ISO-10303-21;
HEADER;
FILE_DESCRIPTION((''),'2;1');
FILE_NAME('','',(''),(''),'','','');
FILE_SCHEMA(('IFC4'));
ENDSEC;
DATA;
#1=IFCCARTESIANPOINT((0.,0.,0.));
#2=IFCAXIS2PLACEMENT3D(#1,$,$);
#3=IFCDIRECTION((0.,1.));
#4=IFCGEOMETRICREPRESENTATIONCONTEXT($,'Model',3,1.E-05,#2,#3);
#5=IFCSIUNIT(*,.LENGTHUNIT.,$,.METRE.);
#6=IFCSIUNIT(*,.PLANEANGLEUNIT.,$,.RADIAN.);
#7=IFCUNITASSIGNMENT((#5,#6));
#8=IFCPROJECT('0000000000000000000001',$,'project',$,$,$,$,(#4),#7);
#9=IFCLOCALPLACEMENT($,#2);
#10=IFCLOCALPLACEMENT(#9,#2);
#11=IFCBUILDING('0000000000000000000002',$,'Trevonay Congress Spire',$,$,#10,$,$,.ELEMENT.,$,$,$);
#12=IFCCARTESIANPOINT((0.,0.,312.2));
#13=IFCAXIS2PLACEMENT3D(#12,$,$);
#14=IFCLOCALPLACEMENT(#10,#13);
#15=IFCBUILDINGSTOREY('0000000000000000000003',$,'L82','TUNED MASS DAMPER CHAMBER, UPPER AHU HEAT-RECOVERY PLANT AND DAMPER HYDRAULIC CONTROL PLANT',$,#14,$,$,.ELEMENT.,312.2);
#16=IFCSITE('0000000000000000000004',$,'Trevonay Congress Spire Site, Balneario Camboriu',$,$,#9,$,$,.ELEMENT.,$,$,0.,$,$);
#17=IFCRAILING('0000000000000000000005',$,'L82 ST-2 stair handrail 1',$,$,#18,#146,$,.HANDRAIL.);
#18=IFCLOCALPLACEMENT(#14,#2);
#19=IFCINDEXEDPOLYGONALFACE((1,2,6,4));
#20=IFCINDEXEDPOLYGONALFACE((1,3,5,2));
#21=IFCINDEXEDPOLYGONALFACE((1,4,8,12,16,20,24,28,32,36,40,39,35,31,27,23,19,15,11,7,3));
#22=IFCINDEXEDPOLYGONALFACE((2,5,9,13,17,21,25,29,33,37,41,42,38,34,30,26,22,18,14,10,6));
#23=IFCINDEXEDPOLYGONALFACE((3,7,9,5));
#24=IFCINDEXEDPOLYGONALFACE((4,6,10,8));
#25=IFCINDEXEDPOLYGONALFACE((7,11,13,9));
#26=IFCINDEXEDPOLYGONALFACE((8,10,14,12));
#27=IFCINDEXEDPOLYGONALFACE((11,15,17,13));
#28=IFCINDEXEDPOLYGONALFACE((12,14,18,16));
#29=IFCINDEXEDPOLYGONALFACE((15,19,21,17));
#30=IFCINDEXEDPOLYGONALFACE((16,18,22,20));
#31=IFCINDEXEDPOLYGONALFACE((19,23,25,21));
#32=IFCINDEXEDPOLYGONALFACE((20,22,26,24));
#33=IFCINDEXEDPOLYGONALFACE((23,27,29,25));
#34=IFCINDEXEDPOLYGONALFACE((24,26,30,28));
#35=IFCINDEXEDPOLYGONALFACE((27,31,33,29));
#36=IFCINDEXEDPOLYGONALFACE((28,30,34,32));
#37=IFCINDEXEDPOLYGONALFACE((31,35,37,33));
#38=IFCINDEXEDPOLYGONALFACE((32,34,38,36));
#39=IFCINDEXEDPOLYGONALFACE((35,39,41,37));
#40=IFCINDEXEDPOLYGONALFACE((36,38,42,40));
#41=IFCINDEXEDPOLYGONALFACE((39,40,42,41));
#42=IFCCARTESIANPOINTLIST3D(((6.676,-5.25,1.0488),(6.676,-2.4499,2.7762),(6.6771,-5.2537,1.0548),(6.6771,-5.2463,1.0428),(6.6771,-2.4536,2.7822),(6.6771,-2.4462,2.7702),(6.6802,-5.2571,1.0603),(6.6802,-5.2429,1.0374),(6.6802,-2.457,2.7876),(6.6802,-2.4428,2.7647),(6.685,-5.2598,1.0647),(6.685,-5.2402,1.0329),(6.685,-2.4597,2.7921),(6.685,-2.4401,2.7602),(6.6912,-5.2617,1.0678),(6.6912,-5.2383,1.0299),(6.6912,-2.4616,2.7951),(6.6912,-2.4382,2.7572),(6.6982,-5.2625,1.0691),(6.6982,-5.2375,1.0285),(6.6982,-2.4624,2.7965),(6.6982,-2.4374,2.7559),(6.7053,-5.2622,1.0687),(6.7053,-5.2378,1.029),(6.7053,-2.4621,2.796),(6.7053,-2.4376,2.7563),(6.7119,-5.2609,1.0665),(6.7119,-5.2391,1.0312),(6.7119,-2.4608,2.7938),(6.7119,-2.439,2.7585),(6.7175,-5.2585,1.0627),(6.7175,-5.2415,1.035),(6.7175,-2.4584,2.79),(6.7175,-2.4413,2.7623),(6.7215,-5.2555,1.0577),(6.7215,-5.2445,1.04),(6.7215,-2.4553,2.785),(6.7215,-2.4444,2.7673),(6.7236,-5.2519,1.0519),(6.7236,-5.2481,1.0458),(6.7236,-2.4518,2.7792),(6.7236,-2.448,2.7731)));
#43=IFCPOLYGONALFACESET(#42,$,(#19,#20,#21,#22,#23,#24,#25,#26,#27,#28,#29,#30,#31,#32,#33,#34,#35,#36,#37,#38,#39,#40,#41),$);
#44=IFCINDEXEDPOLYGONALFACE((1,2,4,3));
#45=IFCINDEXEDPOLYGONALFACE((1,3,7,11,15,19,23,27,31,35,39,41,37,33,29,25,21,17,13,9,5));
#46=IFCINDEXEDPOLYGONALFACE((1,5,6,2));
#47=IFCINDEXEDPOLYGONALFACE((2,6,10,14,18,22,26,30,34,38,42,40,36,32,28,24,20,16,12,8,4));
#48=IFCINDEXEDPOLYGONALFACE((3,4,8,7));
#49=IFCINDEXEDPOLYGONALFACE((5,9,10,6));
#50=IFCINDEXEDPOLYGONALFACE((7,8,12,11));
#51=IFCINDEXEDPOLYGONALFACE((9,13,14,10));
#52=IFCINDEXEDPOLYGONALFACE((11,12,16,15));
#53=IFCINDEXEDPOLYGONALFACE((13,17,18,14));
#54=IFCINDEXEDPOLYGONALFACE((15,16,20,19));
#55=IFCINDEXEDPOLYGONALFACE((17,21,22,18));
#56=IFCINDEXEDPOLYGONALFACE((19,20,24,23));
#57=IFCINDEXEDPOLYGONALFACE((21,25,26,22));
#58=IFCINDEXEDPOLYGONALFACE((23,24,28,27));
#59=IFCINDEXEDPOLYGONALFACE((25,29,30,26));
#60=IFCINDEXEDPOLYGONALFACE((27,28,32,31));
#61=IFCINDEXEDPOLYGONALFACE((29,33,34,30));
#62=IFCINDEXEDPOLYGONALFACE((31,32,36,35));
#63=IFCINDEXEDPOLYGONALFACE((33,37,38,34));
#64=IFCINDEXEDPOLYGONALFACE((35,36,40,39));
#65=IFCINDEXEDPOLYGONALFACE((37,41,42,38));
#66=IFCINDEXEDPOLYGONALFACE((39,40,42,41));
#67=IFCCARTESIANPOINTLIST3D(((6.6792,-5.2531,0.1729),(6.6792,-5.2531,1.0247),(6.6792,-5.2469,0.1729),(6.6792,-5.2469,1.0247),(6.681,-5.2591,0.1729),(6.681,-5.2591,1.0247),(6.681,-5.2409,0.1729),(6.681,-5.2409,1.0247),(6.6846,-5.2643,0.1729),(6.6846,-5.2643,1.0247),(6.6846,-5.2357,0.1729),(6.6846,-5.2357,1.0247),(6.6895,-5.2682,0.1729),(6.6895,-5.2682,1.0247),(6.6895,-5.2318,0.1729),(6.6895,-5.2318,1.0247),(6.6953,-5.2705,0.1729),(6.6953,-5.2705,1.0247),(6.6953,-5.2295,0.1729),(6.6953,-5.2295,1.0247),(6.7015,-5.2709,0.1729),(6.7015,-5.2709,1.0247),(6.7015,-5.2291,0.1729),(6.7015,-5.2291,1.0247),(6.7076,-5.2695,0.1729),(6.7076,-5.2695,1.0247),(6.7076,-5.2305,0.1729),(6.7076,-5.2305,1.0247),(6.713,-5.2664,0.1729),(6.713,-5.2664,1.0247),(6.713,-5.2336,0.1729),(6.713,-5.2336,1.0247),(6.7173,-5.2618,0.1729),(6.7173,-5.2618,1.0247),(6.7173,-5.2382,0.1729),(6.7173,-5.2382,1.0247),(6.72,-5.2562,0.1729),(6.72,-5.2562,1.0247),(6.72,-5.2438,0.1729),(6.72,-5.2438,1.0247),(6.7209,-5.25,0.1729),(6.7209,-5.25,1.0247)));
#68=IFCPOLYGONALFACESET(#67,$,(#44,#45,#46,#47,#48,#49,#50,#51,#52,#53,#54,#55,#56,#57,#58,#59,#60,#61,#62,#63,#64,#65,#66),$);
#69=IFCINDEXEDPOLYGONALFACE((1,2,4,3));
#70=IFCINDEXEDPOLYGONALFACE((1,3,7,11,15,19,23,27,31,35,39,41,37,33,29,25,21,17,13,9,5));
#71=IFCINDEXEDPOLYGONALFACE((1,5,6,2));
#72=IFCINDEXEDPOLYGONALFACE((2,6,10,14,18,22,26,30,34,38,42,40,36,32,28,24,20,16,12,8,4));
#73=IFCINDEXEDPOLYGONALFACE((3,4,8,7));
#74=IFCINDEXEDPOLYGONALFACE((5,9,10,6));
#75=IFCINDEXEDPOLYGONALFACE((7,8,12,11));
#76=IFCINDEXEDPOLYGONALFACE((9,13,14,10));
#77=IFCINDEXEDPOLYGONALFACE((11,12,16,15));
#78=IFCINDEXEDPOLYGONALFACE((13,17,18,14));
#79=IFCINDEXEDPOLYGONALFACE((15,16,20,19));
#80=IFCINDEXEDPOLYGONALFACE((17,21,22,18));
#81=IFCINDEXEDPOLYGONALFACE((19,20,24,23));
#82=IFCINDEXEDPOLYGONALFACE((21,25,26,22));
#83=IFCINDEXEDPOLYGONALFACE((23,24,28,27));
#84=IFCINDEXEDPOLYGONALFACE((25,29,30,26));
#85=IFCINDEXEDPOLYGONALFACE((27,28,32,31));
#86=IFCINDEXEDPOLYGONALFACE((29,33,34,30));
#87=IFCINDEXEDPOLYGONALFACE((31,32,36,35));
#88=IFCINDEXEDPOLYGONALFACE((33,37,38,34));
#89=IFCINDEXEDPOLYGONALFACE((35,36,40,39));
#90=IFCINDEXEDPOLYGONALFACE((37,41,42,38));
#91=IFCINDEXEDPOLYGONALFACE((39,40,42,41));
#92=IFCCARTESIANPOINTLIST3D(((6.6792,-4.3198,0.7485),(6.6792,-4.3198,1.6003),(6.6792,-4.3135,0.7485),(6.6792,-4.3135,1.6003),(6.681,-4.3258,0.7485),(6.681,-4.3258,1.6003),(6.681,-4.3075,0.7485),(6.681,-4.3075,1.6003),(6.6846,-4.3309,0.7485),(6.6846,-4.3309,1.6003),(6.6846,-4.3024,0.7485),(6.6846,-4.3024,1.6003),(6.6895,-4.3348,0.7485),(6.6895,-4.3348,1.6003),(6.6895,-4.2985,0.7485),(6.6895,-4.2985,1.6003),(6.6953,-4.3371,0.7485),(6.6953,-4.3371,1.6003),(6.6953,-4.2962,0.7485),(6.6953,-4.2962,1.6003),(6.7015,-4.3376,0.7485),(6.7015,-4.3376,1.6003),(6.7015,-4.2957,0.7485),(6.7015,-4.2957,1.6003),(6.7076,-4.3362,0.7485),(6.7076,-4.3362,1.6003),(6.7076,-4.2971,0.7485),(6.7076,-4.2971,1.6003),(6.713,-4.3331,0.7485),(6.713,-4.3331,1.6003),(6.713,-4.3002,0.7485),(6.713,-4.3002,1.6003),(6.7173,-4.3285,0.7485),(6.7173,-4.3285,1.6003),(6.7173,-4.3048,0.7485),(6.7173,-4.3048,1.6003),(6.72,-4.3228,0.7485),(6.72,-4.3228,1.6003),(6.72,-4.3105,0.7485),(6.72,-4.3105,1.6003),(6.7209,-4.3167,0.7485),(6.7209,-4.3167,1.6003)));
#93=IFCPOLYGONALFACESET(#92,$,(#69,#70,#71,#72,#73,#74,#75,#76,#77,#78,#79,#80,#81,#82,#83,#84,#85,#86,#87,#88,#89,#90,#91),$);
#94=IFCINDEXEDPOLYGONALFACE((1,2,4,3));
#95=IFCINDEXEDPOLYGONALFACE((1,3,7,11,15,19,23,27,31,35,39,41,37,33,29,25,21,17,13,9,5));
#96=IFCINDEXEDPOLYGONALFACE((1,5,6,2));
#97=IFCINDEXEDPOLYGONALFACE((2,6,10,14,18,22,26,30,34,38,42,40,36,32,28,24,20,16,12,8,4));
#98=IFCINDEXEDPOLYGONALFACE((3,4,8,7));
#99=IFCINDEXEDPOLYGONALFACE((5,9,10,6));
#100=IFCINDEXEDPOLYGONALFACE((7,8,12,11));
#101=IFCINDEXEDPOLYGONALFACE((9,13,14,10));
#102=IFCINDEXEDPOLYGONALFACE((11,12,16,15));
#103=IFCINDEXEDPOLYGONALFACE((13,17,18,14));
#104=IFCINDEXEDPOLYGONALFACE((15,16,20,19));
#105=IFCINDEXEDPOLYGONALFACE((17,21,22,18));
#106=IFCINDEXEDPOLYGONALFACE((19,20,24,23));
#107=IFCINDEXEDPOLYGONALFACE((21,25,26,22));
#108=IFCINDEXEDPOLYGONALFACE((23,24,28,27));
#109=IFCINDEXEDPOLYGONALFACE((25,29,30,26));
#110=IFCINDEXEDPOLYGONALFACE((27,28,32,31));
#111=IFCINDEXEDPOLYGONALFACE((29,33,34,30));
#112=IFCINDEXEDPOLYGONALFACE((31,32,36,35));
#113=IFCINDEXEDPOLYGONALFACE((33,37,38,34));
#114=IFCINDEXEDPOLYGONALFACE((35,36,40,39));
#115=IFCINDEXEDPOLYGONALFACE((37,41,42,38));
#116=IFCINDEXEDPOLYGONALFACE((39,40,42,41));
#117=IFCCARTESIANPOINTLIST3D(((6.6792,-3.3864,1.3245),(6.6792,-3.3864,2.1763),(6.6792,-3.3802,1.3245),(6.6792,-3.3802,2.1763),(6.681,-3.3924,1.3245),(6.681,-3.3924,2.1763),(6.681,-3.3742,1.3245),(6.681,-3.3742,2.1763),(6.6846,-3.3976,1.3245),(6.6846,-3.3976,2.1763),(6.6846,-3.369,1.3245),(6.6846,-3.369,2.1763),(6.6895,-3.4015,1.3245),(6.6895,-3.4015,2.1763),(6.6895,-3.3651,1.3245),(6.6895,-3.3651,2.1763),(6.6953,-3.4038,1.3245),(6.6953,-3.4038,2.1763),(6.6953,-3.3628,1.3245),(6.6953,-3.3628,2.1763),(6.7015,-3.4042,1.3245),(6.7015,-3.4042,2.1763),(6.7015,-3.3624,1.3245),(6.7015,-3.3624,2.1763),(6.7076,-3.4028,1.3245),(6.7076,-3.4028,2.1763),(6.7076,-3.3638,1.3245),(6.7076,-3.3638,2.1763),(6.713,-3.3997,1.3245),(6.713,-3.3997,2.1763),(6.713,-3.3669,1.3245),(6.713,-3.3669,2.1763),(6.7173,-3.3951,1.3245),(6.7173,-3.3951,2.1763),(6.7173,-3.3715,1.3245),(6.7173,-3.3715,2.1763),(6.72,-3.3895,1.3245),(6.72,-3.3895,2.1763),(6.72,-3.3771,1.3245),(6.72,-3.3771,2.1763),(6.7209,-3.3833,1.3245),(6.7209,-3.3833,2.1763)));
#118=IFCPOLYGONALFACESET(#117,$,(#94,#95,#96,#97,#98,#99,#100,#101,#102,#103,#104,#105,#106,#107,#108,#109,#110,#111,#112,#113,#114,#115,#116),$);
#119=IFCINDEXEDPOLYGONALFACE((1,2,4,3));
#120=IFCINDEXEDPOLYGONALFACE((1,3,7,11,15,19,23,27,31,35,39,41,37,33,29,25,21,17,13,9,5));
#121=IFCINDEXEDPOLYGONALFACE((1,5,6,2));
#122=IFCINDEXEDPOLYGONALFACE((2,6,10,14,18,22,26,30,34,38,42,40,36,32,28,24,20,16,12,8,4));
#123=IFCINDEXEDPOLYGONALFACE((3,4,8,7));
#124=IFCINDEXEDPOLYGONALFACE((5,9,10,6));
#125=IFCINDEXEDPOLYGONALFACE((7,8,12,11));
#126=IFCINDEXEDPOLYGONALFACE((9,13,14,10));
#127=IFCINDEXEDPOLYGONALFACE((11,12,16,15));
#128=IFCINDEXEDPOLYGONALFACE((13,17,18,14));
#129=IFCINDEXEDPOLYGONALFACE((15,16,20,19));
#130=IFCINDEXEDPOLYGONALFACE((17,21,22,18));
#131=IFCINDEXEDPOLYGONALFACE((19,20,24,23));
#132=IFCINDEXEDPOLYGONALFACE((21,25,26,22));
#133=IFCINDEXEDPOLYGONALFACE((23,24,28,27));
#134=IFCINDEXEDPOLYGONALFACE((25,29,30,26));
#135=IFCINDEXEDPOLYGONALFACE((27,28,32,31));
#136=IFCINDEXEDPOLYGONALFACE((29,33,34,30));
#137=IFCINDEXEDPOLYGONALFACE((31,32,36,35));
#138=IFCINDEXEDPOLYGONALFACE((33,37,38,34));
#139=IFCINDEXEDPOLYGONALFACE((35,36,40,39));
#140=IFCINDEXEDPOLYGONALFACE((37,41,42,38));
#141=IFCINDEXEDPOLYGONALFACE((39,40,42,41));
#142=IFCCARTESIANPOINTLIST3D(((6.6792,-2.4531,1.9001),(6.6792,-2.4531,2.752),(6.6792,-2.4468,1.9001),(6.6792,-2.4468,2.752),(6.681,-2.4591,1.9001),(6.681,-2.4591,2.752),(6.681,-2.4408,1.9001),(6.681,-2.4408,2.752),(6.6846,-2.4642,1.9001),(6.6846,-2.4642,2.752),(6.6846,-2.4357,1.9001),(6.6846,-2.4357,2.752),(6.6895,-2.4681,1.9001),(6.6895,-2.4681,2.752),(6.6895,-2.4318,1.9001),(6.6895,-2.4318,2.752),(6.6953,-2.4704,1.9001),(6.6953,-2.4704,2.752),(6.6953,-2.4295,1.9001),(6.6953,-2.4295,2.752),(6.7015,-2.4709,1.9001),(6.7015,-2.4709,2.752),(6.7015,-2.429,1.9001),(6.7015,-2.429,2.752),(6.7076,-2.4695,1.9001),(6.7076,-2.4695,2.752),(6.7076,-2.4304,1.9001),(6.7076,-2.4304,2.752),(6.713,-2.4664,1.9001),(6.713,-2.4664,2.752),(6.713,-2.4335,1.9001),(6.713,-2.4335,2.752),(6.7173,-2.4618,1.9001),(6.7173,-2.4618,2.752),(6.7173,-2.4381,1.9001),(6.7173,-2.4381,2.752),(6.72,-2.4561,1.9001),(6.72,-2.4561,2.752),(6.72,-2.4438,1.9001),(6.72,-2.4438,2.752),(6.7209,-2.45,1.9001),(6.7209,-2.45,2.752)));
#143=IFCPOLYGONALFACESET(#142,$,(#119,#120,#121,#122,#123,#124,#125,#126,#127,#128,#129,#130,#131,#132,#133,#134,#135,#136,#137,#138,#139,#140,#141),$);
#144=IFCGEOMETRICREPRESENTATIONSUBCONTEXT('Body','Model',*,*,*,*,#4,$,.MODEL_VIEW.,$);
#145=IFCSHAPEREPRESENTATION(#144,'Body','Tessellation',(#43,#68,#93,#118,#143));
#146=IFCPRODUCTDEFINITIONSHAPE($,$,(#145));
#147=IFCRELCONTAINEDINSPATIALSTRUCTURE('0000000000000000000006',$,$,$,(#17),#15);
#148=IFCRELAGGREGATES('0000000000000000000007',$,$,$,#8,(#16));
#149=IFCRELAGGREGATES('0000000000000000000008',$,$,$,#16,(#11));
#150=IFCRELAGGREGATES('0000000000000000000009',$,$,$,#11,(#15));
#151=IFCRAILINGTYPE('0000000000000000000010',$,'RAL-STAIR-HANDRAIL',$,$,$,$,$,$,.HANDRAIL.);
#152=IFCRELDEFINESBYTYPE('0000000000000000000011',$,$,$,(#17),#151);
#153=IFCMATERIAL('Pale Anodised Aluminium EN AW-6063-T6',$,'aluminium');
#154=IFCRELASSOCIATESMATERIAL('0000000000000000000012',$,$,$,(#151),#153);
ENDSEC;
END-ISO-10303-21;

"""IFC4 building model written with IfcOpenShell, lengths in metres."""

from ifc_helpers import new_model, si_unit, direction, frame, origin, origin_2d, place, context, subcontext, project, spatial, circle, extrude, material, type_object, element, save


model = new_model("IFC4")

# Units and contexts
model_context = context("Model", 3, precision=1e-05, world=origin(), true_north=direction((0.0, 1.0)))
body_context = subcontext(model_context, "Body", "Model", "MODEL_VIEW")
ifc_project = project(units=[si_unit("LENGTHUNIT", "METRE"), si_unit("PLANEANGLEUNIT", "RADIAN")], contexts=[model_context])

# Site, building, storey
site_placement = place(None, origin())
site = spatial("IfcSite", under=ifc_project, at=site_placement, Name="Trevonay Congress Spire Site, Balneario Camboriu", CompositionType="ELEMENT", RefElevation=0.0)
building_placement = place(site_placement, origin())
building = spatial("IfcBuilding", under=site, at=building_placement, Name="Trevonay Congress Spire", CompositionType="ELEMENT")
storey_placement = place(building_placement, frame((0.0, 0.0, 312.2)))
storey = spatial("IfcBuildingStorey", under=building, at=storey_placement, Name="L82", Description="TUNED MASS DAMPER CHAMBER, UPPER AHU HEAT-RECOVERY PLANT AND DAMPER HYDRAULIC CONTROL PLANT", CompositionType="ELEMENT", Elevation=312.2)

# Shared definitions
ifc_material_1 = material(Name="Pale Anodised Aluminium EN AW-6063-T6", Category="aluminium")

# Railing
railing_type_1 = type_object("IfcRailingType", Name="RAL-STAIR-HANDRAIL", PredefinedType="HANDRAIL", material=ifc_material_1)
railing_1_placement = place(storey_placement, frame((6.7, -5.25, 0.1729)))
element("IfcRailing", 1, at=railing_1_placement, inside=storey, type_object=railing_type_1, Name="L82 ST-2 stair handrail 1", PredefinedType="HANDRAIL", context=body_context, shape_type="SweptSolid", body=[
    extrude(circle(Radius=0.0239, at=origin_2d()), frame((0.0, 0.0, 0.876), z_axis=(0.0, 0.85109, 0.52502), x_axis=(-1.0, 0.0, 0.0)), (0.0, 0.0, 1.0), 3.29),
    extrude(circle(Radius=0.021, at=origin_2d()), origin(), (0.0, 0.0, 1.0), 0.8518),
    extrude(circle(Radius=0.021, at=origin_2d()), frame((0.0, 0.9333, 0.5757)), (0.0, 0.0, 1.0), 0.8518),
    extrude(circle(Radius=0.021, at=origin_2d()), frame((0.0, 1.8667, 1.1516)), (0.0, 0.0, 1.0), 0.8518),
    extrude(circle(Radius=0.021, at=origin_2d()), frame((0.0, 2.8, 1.7273)), (0.0, 0.0, 1.0), 0.8518),
])

save(model, "model.ifc")
